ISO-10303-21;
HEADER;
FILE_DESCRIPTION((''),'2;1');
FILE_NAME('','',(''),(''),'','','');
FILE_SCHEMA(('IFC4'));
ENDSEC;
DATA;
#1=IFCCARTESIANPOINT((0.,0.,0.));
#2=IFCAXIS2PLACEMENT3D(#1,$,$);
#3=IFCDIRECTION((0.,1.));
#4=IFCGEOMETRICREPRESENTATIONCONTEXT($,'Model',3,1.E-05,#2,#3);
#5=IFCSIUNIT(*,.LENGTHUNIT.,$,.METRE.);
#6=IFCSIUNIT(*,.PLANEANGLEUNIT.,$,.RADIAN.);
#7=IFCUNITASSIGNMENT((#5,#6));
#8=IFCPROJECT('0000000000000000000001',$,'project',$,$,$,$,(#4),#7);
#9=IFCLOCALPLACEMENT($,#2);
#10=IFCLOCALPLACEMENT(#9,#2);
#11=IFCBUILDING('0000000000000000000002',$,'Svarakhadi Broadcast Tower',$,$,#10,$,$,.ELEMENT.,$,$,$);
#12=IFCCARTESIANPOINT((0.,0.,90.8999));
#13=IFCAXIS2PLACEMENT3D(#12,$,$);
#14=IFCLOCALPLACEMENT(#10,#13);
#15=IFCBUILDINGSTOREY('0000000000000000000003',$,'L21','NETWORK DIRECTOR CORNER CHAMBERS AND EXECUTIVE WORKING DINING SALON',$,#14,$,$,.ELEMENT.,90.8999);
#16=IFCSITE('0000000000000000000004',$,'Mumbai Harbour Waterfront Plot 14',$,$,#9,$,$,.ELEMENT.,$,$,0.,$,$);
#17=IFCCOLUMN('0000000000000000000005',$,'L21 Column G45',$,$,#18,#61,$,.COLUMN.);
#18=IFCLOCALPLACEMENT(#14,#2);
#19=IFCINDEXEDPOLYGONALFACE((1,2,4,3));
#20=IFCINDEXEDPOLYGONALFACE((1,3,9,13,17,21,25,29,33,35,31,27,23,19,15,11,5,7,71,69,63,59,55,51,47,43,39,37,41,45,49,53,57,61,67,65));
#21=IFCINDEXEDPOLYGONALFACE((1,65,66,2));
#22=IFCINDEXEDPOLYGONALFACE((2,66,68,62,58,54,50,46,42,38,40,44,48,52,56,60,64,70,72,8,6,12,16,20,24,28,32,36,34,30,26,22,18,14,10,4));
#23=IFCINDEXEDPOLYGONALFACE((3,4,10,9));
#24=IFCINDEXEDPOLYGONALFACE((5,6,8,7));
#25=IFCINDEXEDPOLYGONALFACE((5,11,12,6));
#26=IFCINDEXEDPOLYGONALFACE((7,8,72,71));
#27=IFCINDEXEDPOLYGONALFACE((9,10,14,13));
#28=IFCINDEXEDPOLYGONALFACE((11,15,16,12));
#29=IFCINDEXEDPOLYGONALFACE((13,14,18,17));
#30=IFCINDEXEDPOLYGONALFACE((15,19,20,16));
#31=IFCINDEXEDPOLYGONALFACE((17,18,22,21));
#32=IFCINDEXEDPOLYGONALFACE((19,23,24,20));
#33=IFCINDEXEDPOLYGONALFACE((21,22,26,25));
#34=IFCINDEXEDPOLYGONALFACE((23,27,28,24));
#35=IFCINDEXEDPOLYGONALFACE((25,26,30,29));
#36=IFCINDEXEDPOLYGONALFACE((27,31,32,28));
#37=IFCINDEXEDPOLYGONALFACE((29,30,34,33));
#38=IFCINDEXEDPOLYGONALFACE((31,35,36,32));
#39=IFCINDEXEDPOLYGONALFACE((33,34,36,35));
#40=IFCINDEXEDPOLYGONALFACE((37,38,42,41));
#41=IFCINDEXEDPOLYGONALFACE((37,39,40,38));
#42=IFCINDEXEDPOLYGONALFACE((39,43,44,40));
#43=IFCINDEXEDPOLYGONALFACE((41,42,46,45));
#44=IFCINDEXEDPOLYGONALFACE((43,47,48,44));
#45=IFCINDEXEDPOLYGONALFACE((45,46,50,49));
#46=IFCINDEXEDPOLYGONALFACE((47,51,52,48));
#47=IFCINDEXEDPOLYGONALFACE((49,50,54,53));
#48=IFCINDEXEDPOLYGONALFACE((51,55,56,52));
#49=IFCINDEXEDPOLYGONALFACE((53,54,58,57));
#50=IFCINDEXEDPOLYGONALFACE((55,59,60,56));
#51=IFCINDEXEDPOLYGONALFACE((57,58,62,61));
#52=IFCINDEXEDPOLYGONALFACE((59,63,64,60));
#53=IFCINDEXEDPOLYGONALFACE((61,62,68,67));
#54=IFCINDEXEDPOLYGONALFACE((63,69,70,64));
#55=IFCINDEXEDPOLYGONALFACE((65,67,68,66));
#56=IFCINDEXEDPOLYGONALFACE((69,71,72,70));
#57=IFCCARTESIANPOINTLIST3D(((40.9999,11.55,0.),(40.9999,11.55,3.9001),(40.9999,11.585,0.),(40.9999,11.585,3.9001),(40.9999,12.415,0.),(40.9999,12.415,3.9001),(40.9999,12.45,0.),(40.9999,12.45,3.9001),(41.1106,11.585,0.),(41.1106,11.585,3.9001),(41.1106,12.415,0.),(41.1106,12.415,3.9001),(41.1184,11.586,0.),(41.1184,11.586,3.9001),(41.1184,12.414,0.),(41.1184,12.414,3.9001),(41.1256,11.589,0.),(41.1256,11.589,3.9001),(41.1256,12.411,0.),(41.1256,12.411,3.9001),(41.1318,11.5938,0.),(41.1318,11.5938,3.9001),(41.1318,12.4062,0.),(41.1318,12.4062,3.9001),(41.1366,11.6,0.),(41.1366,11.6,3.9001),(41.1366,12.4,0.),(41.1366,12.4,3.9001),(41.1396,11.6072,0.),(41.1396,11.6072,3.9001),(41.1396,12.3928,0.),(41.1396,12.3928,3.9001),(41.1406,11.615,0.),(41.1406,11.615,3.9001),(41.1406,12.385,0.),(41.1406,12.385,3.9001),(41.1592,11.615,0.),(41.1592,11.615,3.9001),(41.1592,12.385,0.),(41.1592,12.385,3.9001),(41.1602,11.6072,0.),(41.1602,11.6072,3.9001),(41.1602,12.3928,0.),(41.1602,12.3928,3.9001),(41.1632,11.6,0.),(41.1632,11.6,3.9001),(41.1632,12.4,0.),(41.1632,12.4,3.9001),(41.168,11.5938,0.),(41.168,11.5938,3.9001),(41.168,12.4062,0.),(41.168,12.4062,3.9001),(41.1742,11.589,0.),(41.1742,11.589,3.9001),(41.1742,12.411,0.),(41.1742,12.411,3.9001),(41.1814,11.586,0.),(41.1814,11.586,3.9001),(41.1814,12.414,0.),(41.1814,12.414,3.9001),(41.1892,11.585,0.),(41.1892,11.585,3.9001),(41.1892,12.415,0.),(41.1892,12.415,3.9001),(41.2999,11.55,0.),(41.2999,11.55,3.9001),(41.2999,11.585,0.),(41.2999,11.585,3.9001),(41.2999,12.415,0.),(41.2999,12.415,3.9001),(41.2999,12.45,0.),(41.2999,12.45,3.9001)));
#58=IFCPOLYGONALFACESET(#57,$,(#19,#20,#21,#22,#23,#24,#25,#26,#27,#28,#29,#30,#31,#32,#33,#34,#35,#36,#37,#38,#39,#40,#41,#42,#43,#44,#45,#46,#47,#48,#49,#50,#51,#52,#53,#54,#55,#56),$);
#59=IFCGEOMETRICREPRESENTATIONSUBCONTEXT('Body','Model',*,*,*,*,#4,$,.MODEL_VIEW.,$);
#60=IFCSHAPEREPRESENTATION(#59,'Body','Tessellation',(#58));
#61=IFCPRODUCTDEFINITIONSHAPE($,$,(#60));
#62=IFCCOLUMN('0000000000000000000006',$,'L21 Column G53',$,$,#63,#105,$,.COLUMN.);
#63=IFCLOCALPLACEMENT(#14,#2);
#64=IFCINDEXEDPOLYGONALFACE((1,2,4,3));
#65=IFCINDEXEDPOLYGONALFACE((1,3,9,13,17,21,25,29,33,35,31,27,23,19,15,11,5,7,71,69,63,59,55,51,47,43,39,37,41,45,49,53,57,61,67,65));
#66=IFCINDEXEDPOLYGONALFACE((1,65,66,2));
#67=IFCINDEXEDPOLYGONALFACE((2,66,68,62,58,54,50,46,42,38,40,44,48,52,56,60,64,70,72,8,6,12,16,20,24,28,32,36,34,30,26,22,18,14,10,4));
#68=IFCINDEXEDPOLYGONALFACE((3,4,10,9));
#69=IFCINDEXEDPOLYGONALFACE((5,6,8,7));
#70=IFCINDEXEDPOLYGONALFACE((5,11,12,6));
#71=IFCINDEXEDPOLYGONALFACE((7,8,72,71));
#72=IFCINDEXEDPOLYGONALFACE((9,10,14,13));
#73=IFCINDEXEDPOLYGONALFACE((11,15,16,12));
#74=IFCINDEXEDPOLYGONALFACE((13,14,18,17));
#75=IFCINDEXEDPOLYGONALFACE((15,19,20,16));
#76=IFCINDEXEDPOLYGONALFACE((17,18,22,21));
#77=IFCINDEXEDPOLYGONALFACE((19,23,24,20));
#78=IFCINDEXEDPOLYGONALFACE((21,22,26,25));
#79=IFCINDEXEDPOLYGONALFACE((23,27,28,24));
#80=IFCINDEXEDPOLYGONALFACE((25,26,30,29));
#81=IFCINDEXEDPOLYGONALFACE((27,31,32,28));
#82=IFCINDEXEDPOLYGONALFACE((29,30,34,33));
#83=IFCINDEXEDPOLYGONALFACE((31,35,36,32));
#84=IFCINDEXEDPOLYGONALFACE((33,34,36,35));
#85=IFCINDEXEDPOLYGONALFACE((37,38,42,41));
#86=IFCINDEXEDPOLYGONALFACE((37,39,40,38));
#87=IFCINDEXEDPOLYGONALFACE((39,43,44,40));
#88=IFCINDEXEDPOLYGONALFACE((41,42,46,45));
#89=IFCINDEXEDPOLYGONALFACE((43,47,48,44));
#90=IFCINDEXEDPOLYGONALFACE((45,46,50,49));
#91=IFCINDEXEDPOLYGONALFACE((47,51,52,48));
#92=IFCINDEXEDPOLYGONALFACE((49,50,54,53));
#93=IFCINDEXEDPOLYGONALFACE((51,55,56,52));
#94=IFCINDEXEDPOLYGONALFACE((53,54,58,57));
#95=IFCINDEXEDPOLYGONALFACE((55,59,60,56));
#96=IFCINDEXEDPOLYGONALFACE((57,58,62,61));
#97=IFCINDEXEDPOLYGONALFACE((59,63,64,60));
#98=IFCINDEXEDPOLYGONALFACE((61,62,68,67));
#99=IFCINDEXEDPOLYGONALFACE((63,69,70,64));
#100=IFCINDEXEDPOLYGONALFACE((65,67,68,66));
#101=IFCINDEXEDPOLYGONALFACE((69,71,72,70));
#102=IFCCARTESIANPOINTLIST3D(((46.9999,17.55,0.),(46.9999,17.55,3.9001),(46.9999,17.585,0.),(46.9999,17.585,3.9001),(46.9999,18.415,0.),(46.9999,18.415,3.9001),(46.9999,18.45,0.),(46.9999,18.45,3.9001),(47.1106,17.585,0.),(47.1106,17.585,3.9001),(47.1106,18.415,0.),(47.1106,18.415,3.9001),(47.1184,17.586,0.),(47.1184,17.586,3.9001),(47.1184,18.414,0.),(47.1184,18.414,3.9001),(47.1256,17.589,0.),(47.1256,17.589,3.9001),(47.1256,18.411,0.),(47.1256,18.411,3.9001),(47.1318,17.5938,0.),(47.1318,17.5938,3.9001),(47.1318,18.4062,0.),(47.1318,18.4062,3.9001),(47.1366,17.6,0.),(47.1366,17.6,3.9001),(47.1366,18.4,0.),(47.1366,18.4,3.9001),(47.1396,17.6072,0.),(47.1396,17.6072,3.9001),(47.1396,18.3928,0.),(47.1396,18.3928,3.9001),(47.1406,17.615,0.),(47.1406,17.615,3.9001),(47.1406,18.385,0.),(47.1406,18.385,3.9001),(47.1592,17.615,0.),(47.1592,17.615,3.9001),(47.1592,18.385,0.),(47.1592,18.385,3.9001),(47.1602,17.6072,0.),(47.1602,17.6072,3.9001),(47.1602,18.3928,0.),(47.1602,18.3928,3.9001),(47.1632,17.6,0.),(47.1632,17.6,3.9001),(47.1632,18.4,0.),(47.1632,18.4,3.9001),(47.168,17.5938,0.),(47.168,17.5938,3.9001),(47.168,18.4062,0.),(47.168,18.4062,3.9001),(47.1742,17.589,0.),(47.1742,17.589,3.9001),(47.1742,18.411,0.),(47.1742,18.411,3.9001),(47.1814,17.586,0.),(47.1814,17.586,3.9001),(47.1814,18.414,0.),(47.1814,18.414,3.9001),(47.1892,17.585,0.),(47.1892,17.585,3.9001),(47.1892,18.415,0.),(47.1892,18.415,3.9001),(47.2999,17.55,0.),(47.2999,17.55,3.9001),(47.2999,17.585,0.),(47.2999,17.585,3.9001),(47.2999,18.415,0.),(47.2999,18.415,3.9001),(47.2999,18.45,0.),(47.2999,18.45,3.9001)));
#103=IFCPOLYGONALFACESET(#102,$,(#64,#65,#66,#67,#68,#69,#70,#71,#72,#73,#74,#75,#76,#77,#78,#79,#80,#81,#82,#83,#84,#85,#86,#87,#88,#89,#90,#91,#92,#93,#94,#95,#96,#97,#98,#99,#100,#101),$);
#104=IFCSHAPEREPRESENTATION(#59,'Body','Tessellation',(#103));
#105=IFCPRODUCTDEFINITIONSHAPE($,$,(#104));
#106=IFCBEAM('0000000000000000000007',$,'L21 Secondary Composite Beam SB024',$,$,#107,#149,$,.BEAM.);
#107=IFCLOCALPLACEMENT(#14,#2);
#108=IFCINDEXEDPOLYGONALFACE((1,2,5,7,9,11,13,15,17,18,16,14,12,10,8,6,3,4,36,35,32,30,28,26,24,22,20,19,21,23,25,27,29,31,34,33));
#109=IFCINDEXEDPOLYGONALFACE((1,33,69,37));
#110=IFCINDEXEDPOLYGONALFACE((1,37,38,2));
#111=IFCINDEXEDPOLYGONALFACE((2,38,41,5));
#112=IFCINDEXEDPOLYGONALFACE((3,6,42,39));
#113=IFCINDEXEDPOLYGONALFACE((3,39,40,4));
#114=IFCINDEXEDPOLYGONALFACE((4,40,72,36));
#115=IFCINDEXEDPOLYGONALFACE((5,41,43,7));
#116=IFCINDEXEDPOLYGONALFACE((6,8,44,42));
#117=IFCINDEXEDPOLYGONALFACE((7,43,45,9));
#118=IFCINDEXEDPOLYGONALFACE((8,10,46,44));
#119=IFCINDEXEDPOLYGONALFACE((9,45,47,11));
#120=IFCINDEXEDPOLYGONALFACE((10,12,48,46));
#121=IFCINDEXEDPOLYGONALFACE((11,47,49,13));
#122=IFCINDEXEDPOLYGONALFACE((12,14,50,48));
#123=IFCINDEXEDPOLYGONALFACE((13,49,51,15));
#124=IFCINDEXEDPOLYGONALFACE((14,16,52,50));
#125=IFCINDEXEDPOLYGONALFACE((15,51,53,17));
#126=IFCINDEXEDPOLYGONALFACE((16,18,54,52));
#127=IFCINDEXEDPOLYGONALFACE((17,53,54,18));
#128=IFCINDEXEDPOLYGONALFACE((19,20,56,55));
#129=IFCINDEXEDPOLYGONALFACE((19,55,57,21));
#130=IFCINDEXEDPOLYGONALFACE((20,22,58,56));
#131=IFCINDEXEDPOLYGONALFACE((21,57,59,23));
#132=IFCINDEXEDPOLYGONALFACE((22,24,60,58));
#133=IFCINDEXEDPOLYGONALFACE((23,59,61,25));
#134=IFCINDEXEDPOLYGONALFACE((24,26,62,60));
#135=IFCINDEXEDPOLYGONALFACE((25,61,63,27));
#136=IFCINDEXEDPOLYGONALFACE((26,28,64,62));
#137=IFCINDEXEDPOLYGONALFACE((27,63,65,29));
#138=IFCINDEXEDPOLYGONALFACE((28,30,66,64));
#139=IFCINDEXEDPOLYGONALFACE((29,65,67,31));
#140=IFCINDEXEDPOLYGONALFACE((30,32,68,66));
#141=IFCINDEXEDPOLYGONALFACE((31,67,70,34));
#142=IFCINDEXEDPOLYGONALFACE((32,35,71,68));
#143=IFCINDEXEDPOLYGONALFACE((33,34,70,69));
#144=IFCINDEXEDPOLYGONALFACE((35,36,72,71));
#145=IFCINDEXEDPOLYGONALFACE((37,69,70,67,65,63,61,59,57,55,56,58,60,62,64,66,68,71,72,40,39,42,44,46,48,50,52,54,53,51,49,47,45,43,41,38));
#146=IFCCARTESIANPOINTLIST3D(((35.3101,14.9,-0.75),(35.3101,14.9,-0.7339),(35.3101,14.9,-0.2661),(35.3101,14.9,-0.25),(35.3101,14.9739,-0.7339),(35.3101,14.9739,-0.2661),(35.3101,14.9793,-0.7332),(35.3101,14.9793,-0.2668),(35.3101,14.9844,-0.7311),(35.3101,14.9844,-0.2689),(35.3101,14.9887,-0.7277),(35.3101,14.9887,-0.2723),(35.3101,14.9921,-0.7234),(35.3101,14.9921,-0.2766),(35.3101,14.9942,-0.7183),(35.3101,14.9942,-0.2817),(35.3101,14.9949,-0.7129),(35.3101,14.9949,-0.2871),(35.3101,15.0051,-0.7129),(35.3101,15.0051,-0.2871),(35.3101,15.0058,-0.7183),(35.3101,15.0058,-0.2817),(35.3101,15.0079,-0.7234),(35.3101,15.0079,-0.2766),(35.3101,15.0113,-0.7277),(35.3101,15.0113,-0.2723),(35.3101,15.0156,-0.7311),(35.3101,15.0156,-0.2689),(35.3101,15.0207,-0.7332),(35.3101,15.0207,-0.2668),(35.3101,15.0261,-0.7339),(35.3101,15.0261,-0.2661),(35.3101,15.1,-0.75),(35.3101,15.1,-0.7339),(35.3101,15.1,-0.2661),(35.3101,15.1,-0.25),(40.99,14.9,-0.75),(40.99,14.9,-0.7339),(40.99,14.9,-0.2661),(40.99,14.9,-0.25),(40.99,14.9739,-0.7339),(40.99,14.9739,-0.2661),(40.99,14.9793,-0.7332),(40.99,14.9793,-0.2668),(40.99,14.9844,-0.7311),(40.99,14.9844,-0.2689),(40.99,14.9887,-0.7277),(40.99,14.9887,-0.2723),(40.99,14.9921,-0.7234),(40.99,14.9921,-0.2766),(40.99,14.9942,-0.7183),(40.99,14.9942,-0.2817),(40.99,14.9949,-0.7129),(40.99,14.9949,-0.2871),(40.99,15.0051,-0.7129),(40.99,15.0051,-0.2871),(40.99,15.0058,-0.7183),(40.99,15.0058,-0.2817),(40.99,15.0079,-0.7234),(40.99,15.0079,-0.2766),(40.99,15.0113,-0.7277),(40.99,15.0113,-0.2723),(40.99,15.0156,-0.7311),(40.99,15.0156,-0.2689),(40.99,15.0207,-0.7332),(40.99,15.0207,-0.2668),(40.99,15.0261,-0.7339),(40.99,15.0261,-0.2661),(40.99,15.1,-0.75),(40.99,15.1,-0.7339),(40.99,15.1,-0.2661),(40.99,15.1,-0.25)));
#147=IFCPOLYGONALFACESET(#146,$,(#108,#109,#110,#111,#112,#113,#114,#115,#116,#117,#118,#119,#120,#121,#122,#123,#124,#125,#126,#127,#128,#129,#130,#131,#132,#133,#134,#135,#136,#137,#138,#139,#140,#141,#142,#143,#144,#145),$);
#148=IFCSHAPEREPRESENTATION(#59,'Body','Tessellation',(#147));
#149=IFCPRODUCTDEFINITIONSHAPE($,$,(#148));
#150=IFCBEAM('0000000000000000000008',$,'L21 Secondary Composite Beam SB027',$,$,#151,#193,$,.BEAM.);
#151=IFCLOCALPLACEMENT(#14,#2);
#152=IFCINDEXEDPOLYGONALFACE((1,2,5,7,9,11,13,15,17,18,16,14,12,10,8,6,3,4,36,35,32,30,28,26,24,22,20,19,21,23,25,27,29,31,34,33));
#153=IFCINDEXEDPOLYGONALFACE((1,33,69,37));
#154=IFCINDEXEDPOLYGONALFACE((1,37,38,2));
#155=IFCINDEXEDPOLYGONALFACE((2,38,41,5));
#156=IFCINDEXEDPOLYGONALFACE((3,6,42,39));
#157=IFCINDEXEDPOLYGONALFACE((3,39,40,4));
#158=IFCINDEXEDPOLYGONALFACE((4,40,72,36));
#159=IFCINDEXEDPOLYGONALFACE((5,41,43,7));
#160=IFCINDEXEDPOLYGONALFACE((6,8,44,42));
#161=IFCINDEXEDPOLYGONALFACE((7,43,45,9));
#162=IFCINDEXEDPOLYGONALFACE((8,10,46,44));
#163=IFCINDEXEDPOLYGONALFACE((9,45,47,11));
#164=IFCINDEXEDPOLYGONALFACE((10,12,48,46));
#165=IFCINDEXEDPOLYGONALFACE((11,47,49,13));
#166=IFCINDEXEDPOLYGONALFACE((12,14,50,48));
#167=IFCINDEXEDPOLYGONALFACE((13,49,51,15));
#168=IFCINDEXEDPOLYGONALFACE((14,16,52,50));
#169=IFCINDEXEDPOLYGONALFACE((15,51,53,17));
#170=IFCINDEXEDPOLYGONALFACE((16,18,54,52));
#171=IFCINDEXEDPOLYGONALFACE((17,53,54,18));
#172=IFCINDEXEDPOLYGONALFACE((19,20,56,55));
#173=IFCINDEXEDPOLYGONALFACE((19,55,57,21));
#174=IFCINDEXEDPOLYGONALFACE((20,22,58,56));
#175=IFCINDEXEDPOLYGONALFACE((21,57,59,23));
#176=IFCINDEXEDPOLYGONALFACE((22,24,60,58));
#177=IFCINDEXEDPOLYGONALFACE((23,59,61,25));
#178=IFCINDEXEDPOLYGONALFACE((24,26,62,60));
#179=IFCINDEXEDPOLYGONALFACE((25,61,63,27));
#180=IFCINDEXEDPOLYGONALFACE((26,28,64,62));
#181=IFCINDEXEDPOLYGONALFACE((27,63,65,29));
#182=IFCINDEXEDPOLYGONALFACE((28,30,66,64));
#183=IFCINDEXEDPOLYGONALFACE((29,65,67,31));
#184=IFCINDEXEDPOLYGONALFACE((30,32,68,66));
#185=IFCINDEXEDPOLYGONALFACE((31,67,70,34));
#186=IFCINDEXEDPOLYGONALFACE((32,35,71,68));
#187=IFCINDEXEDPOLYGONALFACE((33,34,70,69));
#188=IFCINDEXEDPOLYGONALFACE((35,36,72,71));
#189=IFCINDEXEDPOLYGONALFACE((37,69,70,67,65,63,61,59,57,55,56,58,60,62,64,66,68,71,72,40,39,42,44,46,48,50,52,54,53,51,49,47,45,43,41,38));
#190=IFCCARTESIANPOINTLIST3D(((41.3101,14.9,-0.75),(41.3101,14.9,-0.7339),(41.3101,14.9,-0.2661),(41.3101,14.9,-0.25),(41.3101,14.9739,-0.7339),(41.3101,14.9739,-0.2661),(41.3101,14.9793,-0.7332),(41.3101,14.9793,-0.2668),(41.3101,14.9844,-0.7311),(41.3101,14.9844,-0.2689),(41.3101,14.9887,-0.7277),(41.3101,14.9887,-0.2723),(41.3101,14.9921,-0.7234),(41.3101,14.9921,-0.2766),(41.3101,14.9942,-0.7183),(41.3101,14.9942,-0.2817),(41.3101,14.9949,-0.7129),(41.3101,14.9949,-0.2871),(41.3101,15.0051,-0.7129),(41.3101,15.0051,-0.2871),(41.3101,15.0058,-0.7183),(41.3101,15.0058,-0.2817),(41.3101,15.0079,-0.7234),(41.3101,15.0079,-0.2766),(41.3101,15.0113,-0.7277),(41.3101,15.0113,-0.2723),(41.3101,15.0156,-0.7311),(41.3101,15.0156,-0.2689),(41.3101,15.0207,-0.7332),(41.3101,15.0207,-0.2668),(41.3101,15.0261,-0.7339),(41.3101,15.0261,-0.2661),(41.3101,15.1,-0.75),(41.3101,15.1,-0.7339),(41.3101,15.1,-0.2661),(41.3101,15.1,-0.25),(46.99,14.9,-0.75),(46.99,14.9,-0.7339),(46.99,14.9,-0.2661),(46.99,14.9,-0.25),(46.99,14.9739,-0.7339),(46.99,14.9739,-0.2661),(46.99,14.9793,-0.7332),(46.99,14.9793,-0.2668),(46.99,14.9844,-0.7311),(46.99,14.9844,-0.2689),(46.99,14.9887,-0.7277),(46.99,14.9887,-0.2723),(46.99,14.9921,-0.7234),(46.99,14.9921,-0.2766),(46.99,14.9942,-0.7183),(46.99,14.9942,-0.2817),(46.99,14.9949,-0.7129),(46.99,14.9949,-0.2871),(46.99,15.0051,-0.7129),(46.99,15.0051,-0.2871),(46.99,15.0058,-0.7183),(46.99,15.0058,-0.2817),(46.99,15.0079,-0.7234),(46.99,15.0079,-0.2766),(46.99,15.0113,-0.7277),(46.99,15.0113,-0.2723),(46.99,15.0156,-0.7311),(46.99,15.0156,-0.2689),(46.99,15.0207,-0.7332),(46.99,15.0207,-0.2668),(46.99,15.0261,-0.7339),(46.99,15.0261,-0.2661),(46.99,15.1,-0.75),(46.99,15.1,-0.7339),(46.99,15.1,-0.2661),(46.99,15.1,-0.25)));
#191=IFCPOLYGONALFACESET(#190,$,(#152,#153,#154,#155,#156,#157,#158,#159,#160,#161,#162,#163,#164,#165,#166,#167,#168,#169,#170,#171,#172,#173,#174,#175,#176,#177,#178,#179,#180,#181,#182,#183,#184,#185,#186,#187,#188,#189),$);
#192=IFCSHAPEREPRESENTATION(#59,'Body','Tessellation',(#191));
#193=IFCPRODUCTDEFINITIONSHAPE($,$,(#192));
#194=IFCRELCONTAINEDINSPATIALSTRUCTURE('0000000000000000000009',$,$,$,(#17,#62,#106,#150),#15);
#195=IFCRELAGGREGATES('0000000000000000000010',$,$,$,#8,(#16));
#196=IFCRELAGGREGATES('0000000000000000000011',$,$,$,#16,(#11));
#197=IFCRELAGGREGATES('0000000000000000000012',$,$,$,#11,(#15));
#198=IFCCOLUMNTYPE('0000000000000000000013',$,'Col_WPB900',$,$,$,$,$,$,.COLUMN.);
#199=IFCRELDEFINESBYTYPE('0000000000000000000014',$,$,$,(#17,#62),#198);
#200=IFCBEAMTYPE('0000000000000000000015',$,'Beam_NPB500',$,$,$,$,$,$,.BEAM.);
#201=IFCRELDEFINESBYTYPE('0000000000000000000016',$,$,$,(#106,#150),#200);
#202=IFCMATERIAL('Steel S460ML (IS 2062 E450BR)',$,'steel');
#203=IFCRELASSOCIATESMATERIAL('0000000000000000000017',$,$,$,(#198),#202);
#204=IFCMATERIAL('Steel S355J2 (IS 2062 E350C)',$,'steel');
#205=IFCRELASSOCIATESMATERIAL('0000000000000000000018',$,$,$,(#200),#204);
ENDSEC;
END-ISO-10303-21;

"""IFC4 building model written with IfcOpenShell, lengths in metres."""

from ifc_helpers import new_model, si_unit, direction, frame, origin, origin_2d, place, context, subcontext, project, spatial, i_section, extrude, material, material_profile, profile_set, type_object, element, save


model = new_model("IFC4")

# Units and contexts
model_context = context("Model", 3, precision=1e-05, world=origin(), true_north=direction((0.0, 1.0)))
body_context = subcontext(model_context, "Body", "Model", "MODEL_VIEW")
ifc_project = project(units=[si_unit("LENGTHUNIT", "METRE"), si_unit("PLANEANGLEUNIT", "RADIAN")], contexts=[model_context])

# Site, building, storey
site_placement = place(None, origin())
site = spatial("IfcSite", under=ifc_project, at=site_placement, Name="Mumbai Harbour Waterfront Plot 14", CompositionType="ELEMENT", RefElevation=0.0)
building_placement = place(site_placement, origin())
building = spatial("IfcBuilding", under=site, at=building_placement, Name="Svarakhadi Broadcast Tower", CompositionType="ELEMENT")
storey_placement = place(building_placement, frame((0.0, 0.0, 90.8999)))
storey = spatial("IfcBuildingStorey", under=building, at=storey_placement, Name="L21", Description="NETWORK DIRECTOR CORNER CHAMBERS AND EXECUTIVE WORKING DINING SALON", CompositionType="ELEMENT", Elevation=90.8999)

# Columns
ifc_material_1 = material(Name="Steel S460ML (IS 2062 E450BR)", Category="steel")
ifc_material_profile_1 = material_profile(ifc_material_1, i_section(OverallWidth=0.3, OverallDepth=0.8999, WebThickness=0.0186, FlangeThickness=0.0349, FilletRadius=0.03, at=origin_2d()), Name="WPB 900x300x291")
ifc_profile_set_1 = profile_set([ifc_material_profile_1], Name="Steel S460ML (IS 2062 E450BR)")
column_type_1 = type_object("IfcColumnType", Name="Col_WPB900", PredefinedType="COLUMN", material=ifc_profile_set_1)
for number, where, z_axis, x_axis, name in (
    (1, (41.1499, 12.0, 0.0), (0.0, 0.0, 1.0), (1.0, 0.0, 0.0), "L21 Column G45"),
    (2, (47.1499, 18.0, 0.0), (0.0, 0.0, 1.0), (1.0, 0.0, 0.0), "L21 Column G53"),
):
    element("IfcColumn", number, at=place(storey_placement, frame(where, z_axis=z_axis, x_axis=x_axis)), inside=storey, type_object=column_type_1, Name=name, PredefinedType="COLUMN", context=body_context, shape_type="SweptSolid", body=[
        extrude(i_section(OverallWidth=0.3, OverallDepth=0.8999, WebThickness=0.0186, FlangeThickness=0.0349, FilletRadius=0.03, at=origin_2d()), origin(), (0.0, 0.0, 1.0), 3.9001),
    ])

# Beams
ifc_material_2 = material(Name="Steel S355J2 (IS 2062 E350C)", Category="steel")
ifc_material_profile_2 = material_profile(ifc_material_2, i_section(OverallWidth=0.2, OverallDepth=0.5, WebThickness=0.0103, FlangeThickness=0.0161, FilletRadius=0.021, at=origin_2d()), Name="NPB 500x200x91")
ifc_profile_set_2 = profile_set([ifc_material_profile_2], Name="Steel S355J2 (IS 2062 E350C)")
beam_type_1 = type_object("IfcBeamType", Name="Beam_NPB500", PredefinedType="BEAM", material=ifc_profile_set_2)
for number, where, z_axis, x_axis, name in (
    (3, (35.3101, 15.0, -0.5), (1.0, 0.0, 0.0), (0.0, 1.0, 0.0), "L21 Secondary Composite Beam SB024"),
    (4, (41.3101, 15.0, -0.5), (1.0, 0.0, 0.0), (0.0, 1.0, 0.0), "L21 Secondary Composite Beam SB027"),
):
    element("IfcBeam", number, at=place(storey_placement, frame(where, z_axis=z_axis, x_axis=x_axis)), inside=storey, type_object=beam_type_1, Name=name, PredefinedType="BEAM", context=body_context, shape_type="SweptSolid", body=[
        extrude(i_section(OverallWidth=0.2, OverallDepth=0.5, WebThickness=0.0103, FlangeThickness=0.0161, FilletRadius=0.021, at=origin_2d()), origin(), (0.0, 0.0, 1.0), 5.6799),
    ])

save(model, "model.ifc")
